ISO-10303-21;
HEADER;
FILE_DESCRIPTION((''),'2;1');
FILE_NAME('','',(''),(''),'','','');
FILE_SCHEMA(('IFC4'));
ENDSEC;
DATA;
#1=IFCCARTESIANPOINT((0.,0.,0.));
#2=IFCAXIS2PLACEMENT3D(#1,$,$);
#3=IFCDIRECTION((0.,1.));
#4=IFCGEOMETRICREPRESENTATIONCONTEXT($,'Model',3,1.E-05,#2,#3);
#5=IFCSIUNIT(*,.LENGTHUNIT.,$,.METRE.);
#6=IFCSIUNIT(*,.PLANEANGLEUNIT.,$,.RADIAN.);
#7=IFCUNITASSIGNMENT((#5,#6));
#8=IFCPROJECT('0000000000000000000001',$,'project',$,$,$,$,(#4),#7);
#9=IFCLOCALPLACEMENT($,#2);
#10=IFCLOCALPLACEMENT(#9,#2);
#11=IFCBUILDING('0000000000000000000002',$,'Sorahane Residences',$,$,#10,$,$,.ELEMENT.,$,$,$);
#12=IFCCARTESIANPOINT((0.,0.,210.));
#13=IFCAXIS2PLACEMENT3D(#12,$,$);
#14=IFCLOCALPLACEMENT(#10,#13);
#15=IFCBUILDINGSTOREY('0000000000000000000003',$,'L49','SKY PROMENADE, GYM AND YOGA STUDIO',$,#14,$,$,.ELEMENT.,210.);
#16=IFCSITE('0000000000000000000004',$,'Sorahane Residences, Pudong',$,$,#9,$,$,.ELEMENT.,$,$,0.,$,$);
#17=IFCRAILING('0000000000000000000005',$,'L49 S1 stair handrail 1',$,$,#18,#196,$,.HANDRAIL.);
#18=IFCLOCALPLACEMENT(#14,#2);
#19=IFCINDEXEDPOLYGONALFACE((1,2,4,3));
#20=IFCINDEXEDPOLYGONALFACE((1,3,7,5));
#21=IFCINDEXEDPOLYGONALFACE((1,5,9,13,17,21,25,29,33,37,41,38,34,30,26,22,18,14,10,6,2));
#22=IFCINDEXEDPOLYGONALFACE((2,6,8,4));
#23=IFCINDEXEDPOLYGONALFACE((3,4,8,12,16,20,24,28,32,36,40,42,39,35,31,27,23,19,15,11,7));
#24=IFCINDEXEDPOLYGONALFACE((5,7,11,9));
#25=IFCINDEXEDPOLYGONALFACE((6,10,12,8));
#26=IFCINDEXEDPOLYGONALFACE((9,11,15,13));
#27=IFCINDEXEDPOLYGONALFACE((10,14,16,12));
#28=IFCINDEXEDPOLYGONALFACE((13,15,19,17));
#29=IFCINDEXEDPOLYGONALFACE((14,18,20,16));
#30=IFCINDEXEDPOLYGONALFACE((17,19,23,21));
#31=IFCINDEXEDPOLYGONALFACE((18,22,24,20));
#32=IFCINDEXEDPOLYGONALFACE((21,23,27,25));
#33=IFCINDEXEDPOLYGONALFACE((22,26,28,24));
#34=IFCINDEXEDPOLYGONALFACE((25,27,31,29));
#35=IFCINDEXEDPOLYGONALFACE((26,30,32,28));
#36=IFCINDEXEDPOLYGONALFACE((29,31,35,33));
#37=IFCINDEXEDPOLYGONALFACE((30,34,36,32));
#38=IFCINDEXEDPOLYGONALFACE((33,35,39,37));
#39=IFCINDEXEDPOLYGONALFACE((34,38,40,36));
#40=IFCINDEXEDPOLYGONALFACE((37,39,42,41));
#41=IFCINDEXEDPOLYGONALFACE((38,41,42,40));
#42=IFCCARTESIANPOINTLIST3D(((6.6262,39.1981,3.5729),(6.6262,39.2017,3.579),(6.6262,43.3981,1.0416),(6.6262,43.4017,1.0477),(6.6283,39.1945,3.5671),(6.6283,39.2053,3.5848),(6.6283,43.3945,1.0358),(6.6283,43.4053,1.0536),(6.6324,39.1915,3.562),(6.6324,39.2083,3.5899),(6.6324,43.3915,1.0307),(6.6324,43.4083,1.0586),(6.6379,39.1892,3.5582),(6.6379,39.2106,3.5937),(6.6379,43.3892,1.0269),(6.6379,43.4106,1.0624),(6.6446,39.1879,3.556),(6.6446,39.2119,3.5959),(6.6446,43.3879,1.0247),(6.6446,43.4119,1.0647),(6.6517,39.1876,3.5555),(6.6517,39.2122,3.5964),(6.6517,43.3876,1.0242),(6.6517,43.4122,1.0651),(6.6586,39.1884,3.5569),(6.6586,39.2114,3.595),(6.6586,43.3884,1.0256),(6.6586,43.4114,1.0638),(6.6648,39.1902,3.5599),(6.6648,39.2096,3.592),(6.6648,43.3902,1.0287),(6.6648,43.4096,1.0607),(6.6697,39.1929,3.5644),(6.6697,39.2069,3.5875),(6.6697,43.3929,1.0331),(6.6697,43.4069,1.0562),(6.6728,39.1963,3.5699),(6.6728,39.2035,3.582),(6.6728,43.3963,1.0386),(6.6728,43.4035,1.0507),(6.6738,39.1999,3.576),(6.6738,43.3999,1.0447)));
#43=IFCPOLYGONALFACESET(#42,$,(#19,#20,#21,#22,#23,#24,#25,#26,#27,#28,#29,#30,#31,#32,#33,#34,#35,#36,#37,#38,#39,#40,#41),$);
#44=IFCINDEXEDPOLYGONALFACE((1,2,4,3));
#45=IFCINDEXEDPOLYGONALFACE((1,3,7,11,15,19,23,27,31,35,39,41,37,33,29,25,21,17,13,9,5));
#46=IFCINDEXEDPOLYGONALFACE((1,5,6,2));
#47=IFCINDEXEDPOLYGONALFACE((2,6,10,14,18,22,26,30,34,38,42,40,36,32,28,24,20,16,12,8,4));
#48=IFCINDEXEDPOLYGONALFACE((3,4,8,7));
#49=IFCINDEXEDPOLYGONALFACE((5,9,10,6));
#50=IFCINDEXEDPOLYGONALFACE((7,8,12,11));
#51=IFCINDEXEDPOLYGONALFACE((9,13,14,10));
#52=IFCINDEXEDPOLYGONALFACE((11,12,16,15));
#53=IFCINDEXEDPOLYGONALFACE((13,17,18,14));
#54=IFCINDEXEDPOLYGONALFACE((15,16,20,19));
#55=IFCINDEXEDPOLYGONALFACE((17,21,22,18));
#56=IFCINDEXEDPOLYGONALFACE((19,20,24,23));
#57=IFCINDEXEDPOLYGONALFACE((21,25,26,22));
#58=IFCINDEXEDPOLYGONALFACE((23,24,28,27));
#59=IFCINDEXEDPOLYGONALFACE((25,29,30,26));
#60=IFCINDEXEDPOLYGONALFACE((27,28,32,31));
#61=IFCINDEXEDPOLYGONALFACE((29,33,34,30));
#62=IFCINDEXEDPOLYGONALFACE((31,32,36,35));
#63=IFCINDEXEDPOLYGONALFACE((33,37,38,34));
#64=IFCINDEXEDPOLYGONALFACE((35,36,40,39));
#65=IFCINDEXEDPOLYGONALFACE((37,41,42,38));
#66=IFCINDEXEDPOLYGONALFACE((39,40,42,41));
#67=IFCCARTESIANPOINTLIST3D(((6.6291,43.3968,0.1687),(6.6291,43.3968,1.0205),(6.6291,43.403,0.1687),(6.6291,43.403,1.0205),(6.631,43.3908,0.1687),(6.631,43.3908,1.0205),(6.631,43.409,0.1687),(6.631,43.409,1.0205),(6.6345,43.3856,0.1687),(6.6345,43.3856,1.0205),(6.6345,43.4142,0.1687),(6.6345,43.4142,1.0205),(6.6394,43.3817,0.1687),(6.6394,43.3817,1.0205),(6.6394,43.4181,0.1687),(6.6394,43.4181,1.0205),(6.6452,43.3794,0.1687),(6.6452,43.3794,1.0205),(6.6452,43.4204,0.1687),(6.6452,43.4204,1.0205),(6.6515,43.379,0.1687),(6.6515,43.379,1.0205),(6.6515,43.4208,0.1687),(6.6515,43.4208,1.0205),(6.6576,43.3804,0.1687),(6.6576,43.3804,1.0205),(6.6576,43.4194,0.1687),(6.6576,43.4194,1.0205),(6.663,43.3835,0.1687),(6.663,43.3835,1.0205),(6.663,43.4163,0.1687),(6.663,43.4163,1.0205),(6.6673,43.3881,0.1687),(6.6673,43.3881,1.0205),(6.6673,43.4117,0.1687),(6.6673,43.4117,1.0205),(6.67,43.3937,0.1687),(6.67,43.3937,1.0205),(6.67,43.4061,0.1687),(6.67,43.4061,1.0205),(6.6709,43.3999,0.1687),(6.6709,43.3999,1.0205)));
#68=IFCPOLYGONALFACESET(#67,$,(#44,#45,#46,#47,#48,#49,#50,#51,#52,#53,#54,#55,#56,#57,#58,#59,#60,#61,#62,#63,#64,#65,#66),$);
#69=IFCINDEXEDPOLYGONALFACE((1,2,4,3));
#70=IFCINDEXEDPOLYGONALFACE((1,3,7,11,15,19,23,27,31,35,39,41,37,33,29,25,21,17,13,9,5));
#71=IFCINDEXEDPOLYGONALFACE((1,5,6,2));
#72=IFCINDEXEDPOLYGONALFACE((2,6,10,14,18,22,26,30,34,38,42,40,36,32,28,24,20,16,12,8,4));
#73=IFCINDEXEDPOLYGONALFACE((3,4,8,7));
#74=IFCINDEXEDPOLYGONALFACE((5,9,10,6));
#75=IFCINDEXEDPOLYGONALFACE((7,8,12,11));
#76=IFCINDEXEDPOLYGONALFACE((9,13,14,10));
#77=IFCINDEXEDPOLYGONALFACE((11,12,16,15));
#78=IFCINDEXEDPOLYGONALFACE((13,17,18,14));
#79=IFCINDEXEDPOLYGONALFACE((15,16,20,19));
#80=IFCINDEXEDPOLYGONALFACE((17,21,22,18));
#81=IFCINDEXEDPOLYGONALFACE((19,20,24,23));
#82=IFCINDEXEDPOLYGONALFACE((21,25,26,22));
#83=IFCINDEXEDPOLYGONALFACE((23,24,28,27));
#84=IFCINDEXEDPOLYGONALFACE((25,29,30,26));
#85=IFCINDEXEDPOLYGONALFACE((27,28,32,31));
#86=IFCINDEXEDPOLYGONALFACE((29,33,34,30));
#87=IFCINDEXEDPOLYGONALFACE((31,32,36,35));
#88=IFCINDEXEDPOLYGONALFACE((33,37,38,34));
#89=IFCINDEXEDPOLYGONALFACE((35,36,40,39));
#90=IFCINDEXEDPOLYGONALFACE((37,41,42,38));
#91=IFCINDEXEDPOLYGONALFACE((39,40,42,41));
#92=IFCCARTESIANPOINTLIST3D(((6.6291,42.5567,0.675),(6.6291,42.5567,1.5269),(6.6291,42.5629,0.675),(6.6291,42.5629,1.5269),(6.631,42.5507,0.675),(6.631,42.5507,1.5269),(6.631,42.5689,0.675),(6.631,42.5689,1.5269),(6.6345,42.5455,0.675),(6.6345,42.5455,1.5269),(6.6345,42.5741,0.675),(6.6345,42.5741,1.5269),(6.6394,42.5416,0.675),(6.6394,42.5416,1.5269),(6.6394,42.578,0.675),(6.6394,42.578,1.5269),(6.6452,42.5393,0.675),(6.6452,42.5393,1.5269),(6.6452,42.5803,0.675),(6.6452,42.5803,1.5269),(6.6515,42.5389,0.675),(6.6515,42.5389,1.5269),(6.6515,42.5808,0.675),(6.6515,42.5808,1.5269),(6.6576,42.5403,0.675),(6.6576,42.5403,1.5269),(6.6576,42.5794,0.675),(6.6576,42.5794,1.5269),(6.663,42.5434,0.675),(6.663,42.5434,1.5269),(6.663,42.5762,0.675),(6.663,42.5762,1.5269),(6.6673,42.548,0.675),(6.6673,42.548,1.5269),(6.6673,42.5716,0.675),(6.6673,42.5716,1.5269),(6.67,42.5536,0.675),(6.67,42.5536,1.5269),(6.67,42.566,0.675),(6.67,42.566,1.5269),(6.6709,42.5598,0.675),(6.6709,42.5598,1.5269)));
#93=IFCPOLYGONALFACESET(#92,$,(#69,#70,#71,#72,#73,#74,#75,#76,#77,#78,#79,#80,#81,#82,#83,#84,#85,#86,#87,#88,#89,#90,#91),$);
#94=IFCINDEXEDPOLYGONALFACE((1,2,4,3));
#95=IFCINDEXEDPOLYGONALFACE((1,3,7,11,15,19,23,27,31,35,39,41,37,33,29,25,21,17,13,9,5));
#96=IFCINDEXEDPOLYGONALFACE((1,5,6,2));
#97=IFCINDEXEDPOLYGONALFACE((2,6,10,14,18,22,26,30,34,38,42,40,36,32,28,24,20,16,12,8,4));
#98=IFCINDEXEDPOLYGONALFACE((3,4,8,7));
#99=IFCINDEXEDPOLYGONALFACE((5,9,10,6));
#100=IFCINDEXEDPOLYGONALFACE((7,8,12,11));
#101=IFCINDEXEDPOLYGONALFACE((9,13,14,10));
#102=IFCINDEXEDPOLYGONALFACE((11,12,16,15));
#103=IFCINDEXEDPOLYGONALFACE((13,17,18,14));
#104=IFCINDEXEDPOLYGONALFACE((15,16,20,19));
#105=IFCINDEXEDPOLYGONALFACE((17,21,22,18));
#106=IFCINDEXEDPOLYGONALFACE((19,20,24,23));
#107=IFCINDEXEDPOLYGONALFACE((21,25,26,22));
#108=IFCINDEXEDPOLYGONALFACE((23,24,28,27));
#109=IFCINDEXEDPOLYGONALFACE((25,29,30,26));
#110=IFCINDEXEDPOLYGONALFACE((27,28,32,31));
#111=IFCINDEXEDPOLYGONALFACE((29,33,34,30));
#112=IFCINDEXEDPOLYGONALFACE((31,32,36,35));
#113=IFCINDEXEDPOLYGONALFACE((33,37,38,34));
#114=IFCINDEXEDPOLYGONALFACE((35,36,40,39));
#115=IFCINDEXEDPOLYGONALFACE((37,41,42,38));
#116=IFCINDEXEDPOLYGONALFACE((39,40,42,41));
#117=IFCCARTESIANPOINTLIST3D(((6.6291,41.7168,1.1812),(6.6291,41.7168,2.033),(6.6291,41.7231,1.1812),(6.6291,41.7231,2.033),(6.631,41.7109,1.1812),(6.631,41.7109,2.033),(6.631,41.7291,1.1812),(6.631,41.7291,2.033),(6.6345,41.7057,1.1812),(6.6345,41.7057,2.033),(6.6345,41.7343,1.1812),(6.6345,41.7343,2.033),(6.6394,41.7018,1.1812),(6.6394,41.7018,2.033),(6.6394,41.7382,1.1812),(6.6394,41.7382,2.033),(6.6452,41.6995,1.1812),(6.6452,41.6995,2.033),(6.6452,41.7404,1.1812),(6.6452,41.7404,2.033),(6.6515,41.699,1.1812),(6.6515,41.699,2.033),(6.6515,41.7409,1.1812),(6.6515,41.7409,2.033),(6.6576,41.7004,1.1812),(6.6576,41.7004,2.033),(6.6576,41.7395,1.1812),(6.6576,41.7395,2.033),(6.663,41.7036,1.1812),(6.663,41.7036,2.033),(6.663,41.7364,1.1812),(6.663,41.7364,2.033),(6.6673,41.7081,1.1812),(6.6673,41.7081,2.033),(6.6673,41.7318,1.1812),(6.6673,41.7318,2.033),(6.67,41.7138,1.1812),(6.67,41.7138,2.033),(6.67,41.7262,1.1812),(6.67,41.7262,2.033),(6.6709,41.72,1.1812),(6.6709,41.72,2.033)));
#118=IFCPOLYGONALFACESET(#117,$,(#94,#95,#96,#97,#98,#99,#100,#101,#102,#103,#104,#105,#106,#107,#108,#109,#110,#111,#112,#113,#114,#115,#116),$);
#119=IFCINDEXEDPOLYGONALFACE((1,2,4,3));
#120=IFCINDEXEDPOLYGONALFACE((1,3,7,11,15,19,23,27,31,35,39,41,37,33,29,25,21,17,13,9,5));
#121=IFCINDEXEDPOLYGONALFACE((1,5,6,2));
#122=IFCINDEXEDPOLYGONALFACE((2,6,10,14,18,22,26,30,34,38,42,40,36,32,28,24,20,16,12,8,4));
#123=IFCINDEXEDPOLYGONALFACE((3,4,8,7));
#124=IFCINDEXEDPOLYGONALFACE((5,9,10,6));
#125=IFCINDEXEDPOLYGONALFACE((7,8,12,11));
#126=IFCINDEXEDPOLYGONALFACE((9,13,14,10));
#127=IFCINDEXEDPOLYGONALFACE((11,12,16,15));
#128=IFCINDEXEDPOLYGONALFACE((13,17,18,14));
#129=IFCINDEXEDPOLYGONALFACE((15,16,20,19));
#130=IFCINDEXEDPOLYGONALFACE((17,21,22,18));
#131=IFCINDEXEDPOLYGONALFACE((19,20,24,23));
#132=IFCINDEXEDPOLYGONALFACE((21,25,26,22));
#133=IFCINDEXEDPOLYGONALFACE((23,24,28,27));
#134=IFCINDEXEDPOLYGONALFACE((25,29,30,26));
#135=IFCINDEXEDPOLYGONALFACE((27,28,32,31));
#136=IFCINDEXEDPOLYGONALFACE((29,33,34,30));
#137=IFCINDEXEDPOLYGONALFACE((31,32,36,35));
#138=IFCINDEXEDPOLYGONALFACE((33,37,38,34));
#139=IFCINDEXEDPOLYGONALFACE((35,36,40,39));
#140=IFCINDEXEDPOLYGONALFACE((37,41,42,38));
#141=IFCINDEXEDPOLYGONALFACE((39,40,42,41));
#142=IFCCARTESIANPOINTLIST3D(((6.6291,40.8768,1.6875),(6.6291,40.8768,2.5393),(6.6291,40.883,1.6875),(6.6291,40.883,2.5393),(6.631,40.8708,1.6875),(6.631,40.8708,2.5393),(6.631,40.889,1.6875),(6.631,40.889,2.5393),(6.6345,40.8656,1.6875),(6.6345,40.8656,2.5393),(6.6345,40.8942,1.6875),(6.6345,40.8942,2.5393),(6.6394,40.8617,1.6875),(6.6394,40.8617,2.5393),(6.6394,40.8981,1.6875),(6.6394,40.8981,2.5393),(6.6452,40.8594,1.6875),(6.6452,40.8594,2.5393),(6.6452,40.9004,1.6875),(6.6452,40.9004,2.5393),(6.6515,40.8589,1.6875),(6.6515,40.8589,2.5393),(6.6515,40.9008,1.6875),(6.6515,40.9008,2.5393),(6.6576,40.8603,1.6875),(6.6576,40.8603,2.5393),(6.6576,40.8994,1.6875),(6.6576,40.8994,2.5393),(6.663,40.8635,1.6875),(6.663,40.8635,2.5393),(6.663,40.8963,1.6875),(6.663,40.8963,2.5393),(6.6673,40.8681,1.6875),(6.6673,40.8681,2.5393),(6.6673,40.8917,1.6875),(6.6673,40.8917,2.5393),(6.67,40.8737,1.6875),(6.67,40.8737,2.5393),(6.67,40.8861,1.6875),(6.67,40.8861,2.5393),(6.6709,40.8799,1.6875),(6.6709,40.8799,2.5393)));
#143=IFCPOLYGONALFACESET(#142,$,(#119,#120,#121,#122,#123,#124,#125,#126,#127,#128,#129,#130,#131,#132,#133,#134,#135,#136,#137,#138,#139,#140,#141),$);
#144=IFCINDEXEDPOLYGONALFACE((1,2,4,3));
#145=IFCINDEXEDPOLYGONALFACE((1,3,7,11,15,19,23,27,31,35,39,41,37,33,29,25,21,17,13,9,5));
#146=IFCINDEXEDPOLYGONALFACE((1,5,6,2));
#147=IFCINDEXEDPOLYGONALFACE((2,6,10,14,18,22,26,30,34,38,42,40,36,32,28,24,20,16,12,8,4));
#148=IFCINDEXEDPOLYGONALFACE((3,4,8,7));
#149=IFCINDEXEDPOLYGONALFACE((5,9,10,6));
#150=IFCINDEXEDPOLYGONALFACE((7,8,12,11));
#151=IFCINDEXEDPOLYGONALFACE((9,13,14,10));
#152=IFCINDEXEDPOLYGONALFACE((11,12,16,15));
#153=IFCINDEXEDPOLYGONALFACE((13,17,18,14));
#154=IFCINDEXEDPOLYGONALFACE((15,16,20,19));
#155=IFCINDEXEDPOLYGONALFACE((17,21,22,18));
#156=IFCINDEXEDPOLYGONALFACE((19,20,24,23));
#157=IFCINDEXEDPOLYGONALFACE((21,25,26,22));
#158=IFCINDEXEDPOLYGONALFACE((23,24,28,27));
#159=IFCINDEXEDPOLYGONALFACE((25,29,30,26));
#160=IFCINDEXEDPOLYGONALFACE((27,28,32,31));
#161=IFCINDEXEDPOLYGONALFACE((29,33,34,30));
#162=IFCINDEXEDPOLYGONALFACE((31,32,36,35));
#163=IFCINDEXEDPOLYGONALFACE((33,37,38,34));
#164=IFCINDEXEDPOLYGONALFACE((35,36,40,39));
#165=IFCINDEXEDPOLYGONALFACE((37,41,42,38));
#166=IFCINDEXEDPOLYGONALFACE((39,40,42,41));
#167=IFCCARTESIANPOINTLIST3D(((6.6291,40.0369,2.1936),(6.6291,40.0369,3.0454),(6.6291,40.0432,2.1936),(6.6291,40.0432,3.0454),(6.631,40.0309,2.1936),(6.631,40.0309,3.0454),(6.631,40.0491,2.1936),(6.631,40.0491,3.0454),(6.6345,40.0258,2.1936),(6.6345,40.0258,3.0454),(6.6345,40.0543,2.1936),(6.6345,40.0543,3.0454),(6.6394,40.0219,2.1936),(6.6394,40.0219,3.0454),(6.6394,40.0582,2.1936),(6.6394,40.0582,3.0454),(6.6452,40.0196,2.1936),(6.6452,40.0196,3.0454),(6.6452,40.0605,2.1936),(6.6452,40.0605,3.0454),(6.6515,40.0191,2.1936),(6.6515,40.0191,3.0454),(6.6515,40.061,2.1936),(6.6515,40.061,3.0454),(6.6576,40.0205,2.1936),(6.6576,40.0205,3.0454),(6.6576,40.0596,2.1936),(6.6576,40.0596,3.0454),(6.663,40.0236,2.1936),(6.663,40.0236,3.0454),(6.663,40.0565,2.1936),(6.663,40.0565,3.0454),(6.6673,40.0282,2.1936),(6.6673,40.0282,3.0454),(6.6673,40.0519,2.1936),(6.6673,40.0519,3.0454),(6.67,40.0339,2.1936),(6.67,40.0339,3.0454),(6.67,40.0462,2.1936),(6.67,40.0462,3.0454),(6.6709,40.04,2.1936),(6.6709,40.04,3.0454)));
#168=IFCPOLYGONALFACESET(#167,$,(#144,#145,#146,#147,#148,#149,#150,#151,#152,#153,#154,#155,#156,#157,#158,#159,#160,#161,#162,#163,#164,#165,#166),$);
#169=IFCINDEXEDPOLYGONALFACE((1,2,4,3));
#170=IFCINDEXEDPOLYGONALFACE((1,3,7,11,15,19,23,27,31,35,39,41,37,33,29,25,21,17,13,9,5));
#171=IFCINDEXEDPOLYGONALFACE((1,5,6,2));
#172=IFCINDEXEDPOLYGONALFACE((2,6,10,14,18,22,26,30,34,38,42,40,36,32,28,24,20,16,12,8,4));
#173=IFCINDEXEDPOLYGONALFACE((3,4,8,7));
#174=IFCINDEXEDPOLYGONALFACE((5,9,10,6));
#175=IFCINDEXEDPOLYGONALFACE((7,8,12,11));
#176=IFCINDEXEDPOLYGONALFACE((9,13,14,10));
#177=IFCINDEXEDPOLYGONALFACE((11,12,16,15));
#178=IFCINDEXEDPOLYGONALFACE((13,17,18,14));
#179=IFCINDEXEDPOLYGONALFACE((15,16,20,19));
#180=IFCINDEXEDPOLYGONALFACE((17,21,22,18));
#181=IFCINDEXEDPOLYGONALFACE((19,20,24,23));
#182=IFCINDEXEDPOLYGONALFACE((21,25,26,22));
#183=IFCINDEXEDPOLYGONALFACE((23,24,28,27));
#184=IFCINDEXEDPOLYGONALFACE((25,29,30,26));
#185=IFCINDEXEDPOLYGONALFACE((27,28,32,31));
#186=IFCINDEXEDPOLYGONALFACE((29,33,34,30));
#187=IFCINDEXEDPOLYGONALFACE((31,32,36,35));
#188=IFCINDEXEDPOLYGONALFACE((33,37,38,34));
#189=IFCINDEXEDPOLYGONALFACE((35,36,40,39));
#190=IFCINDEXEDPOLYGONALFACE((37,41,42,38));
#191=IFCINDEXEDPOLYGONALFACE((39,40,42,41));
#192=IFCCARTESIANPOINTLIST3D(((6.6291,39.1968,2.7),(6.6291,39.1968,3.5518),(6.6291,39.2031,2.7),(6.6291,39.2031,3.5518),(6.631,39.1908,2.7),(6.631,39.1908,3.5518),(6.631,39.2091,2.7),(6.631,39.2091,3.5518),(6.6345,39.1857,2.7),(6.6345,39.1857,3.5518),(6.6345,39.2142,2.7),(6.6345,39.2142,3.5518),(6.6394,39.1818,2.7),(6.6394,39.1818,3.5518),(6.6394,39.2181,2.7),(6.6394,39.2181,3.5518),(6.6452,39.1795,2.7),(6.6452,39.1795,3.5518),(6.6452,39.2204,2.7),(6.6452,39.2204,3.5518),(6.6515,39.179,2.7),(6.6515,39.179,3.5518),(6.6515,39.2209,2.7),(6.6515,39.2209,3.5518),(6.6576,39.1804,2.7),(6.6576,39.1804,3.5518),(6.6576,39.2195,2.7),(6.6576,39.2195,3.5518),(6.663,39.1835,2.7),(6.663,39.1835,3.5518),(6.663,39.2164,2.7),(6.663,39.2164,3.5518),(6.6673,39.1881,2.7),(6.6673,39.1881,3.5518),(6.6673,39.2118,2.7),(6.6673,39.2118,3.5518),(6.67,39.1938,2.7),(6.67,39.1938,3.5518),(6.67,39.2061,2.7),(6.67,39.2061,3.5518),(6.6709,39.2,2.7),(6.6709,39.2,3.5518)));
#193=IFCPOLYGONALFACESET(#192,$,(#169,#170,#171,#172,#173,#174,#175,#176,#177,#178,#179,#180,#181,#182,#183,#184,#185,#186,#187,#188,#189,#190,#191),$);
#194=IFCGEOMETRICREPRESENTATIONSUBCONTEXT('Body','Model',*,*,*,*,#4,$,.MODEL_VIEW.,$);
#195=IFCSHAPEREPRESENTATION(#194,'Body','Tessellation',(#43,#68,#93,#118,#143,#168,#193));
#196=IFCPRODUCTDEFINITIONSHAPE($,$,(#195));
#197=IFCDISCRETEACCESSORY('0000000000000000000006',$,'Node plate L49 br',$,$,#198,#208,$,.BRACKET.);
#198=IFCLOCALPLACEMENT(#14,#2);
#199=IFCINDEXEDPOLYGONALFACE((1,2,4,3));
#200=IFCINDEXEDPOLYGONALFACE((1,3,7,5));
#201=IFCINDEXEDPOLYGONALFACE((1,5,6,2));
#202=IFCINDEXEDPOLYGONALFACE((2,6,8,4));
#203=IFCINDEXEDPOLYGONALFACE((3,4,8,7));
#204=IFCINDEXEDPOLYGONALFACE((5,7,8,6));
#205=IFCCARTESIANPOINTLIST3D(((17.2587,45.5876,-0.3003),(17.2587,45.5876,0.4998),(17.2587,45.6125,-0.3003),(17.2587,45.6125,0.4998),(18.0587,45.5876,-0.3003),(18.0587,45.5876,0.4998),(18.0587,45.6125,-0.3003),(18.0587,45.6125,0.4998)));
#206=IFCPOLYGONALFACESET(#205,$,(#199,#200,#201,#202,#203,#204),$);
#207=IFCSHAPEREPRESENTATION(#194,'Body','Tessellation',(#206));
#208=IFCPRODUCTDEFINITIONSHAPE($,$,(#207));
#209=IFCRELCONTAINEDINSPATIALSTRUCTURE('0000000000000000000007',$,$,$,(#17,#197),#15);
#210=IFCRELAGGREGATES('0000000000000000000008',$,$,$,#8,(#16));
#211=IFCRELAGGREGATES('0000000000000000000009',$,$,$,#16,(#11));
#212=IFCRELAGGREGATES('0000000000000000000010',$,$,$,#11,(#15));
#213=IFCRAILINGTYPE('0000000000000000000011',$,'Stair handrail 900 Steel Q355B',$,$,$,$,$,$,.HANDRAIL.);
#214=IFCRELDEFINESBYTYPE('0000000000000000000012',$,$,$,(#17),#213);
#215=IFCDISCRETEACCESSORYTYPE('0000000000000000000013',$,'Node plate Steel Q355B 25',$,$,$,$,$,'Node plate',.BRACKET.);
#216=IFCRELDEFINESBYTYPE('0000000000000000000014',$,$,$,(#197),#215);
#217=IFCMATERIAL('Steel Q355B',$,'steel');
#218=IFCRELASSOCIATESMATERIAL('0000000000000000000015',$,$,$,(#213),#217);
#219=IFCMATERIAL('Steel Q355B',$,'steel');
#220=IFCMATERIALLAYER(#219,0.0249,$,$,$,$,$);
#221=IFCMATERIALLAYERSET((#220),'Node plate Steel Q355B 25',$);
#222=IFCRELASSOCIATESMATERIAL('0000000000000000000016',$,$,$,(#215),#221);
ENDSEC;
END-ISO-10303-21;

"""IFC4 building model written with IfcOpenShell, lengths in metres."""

from ifc_helpers import new_model, si_unit, direction, frame, origin, origin_2d, place, context, subcontext, project, spatial, rectangle, circle, extrude, material, layer, layer_set, type_object, element, save


model = new_model("IFC4")

# Units and contexts
model_context = context("Model", 3, precision=1e-05, world=origin(), true_north=direction((0.0, 1.0)))
body_context = subcontext(model_context, "Body", "Model", "MODEL_VIEW")
ifc_project = project(units=[si_unit("LENGTHUNIT", "METRE"), si_unit("PLANEANGLEUNIT", "RADIAN")], contexts=[model_context])

# Site, building, storey
site_placement = place(None, origin())
site = spatial("IfcSite", under=ifc_project, at=site_placement, Name="Sorahane Residences, Pudong", CompositionType="ELEMENT", RefElevation=0.0)
building_placement = place(site_placement, origin())
building = spatial("IfcBuilding", under=site, at=building_placement, Name="Sorahane Residences", CompositionType="ELEMENT")
storey_placement = place(building_placement, frame((0.0, 0.0, 210.0)))
storey = spatial("IfcBuildingStorey", under=building, at=storey_placement, Name="L49", Description="SKY PROMENADE, GYM AND YOGA STUDIO", CompositionType="ELEMENT", Elevation=210.0)

# Railing
ifc_material_1 = material(Name="Steel Q355B", Category="steel")
railing_type_1 = type_object("IfcRailingType", Name="Stair handrail 900 Steel Q355B", PredefinedType="HANDRAIL", material=ifc_material_1)
railing_1_placement = place(storey_placement, frame((6.6499, 43.3999, 0.1687)))
element("IfcRailing", 1, at=railing_1_placement, inside=storey, type_object=railing_type_1, Name="L49 S1 stair handrail 1", PredefinedType="HANDRAIL", context=body_context, shape_type="SweptSolid", body=[
    extrude(circle(Radius=0.0239, at=origin_2d()), frame((0.0, 0.0, 0.876), z_axis=(0.0, -0.856476, 0.516186), x_axis=(1.0, 0.0, 0.0)), (0.0, 0.0, 1.0), 4.9038),
    extrude(circle(Radius=0.021, at=origin_2d()), origin(), (0.0, 0.0, 1.0), 0.8518),
    extrude(circle(Radius=0.021, at=origin_2d()), frame((0.0, -0.8401, 0.5063)), (0.0, 0.0, 1.0), 0.8518),
    extrude(circle(Radius=0.021, at=origin_2d()), frame((0.0, -1.6799, 1.0125)), (0.0, 0.0, 1.0), 0.8518),
    extrude(circle(Radius=0.021, at=origin_2d()), frame((0.0, -2.52, 1.5188)), (0.0, 0.0, 1.0), 0.8518),
    extrude(circle(Radius=0.021, at=origin_2d()), frame((0.0, -3.3599, 2.0249)), (0.0, 0.0, 1.0), 0.8518),
    extrude(circle(Radius=0.021, at=origin_2d()), frame((0.0, -4.2, 2.5312)), (0.0, 0.0, 1.0), 0.8518),
])

# Discrete accessory
ifc_material_2 = material(Name="Steel Q355B", Category="steel")
ifc_layer_1 = layer(ifc_material_2, 0.0249)
ifc_layer_set_1 = layer_set([ifc_layer_1], Name="Node plate Steel Q355B 25")
discrete_accessory_type = type_object("IfcDiscreteAccessoryType", Name="Node plate Steel Q355B 25", ElementType="Node plate", PredefinedType="BRACKET", material=ifc_layer_set_1)
for number, where, z_axis, x_axis, name in (
    (2, (17.6587, 45.6001, -0.3003), (0.0, 0.0, 1.0), (1.0, 0.0, 0.0), "Node plate L49 br"),
):
    element("IfcDiscreteAccessory", number, at=place(storey_placement, frame(where, z_axis=z_axis, x_axis=x_axis)), inside=storey, type_object=discrete_accessory_type, Name=name, PredefinedType="BRACKET", context=body_context, shape_type="SweptSolid", body=[
        extrude(rectangle(XDim=0.8, YDim=0.0249, at=origin_2d()), origin(), (0.0, 0.0, 1.0), 0.8),
    ])

save(model, "model.ifc")
